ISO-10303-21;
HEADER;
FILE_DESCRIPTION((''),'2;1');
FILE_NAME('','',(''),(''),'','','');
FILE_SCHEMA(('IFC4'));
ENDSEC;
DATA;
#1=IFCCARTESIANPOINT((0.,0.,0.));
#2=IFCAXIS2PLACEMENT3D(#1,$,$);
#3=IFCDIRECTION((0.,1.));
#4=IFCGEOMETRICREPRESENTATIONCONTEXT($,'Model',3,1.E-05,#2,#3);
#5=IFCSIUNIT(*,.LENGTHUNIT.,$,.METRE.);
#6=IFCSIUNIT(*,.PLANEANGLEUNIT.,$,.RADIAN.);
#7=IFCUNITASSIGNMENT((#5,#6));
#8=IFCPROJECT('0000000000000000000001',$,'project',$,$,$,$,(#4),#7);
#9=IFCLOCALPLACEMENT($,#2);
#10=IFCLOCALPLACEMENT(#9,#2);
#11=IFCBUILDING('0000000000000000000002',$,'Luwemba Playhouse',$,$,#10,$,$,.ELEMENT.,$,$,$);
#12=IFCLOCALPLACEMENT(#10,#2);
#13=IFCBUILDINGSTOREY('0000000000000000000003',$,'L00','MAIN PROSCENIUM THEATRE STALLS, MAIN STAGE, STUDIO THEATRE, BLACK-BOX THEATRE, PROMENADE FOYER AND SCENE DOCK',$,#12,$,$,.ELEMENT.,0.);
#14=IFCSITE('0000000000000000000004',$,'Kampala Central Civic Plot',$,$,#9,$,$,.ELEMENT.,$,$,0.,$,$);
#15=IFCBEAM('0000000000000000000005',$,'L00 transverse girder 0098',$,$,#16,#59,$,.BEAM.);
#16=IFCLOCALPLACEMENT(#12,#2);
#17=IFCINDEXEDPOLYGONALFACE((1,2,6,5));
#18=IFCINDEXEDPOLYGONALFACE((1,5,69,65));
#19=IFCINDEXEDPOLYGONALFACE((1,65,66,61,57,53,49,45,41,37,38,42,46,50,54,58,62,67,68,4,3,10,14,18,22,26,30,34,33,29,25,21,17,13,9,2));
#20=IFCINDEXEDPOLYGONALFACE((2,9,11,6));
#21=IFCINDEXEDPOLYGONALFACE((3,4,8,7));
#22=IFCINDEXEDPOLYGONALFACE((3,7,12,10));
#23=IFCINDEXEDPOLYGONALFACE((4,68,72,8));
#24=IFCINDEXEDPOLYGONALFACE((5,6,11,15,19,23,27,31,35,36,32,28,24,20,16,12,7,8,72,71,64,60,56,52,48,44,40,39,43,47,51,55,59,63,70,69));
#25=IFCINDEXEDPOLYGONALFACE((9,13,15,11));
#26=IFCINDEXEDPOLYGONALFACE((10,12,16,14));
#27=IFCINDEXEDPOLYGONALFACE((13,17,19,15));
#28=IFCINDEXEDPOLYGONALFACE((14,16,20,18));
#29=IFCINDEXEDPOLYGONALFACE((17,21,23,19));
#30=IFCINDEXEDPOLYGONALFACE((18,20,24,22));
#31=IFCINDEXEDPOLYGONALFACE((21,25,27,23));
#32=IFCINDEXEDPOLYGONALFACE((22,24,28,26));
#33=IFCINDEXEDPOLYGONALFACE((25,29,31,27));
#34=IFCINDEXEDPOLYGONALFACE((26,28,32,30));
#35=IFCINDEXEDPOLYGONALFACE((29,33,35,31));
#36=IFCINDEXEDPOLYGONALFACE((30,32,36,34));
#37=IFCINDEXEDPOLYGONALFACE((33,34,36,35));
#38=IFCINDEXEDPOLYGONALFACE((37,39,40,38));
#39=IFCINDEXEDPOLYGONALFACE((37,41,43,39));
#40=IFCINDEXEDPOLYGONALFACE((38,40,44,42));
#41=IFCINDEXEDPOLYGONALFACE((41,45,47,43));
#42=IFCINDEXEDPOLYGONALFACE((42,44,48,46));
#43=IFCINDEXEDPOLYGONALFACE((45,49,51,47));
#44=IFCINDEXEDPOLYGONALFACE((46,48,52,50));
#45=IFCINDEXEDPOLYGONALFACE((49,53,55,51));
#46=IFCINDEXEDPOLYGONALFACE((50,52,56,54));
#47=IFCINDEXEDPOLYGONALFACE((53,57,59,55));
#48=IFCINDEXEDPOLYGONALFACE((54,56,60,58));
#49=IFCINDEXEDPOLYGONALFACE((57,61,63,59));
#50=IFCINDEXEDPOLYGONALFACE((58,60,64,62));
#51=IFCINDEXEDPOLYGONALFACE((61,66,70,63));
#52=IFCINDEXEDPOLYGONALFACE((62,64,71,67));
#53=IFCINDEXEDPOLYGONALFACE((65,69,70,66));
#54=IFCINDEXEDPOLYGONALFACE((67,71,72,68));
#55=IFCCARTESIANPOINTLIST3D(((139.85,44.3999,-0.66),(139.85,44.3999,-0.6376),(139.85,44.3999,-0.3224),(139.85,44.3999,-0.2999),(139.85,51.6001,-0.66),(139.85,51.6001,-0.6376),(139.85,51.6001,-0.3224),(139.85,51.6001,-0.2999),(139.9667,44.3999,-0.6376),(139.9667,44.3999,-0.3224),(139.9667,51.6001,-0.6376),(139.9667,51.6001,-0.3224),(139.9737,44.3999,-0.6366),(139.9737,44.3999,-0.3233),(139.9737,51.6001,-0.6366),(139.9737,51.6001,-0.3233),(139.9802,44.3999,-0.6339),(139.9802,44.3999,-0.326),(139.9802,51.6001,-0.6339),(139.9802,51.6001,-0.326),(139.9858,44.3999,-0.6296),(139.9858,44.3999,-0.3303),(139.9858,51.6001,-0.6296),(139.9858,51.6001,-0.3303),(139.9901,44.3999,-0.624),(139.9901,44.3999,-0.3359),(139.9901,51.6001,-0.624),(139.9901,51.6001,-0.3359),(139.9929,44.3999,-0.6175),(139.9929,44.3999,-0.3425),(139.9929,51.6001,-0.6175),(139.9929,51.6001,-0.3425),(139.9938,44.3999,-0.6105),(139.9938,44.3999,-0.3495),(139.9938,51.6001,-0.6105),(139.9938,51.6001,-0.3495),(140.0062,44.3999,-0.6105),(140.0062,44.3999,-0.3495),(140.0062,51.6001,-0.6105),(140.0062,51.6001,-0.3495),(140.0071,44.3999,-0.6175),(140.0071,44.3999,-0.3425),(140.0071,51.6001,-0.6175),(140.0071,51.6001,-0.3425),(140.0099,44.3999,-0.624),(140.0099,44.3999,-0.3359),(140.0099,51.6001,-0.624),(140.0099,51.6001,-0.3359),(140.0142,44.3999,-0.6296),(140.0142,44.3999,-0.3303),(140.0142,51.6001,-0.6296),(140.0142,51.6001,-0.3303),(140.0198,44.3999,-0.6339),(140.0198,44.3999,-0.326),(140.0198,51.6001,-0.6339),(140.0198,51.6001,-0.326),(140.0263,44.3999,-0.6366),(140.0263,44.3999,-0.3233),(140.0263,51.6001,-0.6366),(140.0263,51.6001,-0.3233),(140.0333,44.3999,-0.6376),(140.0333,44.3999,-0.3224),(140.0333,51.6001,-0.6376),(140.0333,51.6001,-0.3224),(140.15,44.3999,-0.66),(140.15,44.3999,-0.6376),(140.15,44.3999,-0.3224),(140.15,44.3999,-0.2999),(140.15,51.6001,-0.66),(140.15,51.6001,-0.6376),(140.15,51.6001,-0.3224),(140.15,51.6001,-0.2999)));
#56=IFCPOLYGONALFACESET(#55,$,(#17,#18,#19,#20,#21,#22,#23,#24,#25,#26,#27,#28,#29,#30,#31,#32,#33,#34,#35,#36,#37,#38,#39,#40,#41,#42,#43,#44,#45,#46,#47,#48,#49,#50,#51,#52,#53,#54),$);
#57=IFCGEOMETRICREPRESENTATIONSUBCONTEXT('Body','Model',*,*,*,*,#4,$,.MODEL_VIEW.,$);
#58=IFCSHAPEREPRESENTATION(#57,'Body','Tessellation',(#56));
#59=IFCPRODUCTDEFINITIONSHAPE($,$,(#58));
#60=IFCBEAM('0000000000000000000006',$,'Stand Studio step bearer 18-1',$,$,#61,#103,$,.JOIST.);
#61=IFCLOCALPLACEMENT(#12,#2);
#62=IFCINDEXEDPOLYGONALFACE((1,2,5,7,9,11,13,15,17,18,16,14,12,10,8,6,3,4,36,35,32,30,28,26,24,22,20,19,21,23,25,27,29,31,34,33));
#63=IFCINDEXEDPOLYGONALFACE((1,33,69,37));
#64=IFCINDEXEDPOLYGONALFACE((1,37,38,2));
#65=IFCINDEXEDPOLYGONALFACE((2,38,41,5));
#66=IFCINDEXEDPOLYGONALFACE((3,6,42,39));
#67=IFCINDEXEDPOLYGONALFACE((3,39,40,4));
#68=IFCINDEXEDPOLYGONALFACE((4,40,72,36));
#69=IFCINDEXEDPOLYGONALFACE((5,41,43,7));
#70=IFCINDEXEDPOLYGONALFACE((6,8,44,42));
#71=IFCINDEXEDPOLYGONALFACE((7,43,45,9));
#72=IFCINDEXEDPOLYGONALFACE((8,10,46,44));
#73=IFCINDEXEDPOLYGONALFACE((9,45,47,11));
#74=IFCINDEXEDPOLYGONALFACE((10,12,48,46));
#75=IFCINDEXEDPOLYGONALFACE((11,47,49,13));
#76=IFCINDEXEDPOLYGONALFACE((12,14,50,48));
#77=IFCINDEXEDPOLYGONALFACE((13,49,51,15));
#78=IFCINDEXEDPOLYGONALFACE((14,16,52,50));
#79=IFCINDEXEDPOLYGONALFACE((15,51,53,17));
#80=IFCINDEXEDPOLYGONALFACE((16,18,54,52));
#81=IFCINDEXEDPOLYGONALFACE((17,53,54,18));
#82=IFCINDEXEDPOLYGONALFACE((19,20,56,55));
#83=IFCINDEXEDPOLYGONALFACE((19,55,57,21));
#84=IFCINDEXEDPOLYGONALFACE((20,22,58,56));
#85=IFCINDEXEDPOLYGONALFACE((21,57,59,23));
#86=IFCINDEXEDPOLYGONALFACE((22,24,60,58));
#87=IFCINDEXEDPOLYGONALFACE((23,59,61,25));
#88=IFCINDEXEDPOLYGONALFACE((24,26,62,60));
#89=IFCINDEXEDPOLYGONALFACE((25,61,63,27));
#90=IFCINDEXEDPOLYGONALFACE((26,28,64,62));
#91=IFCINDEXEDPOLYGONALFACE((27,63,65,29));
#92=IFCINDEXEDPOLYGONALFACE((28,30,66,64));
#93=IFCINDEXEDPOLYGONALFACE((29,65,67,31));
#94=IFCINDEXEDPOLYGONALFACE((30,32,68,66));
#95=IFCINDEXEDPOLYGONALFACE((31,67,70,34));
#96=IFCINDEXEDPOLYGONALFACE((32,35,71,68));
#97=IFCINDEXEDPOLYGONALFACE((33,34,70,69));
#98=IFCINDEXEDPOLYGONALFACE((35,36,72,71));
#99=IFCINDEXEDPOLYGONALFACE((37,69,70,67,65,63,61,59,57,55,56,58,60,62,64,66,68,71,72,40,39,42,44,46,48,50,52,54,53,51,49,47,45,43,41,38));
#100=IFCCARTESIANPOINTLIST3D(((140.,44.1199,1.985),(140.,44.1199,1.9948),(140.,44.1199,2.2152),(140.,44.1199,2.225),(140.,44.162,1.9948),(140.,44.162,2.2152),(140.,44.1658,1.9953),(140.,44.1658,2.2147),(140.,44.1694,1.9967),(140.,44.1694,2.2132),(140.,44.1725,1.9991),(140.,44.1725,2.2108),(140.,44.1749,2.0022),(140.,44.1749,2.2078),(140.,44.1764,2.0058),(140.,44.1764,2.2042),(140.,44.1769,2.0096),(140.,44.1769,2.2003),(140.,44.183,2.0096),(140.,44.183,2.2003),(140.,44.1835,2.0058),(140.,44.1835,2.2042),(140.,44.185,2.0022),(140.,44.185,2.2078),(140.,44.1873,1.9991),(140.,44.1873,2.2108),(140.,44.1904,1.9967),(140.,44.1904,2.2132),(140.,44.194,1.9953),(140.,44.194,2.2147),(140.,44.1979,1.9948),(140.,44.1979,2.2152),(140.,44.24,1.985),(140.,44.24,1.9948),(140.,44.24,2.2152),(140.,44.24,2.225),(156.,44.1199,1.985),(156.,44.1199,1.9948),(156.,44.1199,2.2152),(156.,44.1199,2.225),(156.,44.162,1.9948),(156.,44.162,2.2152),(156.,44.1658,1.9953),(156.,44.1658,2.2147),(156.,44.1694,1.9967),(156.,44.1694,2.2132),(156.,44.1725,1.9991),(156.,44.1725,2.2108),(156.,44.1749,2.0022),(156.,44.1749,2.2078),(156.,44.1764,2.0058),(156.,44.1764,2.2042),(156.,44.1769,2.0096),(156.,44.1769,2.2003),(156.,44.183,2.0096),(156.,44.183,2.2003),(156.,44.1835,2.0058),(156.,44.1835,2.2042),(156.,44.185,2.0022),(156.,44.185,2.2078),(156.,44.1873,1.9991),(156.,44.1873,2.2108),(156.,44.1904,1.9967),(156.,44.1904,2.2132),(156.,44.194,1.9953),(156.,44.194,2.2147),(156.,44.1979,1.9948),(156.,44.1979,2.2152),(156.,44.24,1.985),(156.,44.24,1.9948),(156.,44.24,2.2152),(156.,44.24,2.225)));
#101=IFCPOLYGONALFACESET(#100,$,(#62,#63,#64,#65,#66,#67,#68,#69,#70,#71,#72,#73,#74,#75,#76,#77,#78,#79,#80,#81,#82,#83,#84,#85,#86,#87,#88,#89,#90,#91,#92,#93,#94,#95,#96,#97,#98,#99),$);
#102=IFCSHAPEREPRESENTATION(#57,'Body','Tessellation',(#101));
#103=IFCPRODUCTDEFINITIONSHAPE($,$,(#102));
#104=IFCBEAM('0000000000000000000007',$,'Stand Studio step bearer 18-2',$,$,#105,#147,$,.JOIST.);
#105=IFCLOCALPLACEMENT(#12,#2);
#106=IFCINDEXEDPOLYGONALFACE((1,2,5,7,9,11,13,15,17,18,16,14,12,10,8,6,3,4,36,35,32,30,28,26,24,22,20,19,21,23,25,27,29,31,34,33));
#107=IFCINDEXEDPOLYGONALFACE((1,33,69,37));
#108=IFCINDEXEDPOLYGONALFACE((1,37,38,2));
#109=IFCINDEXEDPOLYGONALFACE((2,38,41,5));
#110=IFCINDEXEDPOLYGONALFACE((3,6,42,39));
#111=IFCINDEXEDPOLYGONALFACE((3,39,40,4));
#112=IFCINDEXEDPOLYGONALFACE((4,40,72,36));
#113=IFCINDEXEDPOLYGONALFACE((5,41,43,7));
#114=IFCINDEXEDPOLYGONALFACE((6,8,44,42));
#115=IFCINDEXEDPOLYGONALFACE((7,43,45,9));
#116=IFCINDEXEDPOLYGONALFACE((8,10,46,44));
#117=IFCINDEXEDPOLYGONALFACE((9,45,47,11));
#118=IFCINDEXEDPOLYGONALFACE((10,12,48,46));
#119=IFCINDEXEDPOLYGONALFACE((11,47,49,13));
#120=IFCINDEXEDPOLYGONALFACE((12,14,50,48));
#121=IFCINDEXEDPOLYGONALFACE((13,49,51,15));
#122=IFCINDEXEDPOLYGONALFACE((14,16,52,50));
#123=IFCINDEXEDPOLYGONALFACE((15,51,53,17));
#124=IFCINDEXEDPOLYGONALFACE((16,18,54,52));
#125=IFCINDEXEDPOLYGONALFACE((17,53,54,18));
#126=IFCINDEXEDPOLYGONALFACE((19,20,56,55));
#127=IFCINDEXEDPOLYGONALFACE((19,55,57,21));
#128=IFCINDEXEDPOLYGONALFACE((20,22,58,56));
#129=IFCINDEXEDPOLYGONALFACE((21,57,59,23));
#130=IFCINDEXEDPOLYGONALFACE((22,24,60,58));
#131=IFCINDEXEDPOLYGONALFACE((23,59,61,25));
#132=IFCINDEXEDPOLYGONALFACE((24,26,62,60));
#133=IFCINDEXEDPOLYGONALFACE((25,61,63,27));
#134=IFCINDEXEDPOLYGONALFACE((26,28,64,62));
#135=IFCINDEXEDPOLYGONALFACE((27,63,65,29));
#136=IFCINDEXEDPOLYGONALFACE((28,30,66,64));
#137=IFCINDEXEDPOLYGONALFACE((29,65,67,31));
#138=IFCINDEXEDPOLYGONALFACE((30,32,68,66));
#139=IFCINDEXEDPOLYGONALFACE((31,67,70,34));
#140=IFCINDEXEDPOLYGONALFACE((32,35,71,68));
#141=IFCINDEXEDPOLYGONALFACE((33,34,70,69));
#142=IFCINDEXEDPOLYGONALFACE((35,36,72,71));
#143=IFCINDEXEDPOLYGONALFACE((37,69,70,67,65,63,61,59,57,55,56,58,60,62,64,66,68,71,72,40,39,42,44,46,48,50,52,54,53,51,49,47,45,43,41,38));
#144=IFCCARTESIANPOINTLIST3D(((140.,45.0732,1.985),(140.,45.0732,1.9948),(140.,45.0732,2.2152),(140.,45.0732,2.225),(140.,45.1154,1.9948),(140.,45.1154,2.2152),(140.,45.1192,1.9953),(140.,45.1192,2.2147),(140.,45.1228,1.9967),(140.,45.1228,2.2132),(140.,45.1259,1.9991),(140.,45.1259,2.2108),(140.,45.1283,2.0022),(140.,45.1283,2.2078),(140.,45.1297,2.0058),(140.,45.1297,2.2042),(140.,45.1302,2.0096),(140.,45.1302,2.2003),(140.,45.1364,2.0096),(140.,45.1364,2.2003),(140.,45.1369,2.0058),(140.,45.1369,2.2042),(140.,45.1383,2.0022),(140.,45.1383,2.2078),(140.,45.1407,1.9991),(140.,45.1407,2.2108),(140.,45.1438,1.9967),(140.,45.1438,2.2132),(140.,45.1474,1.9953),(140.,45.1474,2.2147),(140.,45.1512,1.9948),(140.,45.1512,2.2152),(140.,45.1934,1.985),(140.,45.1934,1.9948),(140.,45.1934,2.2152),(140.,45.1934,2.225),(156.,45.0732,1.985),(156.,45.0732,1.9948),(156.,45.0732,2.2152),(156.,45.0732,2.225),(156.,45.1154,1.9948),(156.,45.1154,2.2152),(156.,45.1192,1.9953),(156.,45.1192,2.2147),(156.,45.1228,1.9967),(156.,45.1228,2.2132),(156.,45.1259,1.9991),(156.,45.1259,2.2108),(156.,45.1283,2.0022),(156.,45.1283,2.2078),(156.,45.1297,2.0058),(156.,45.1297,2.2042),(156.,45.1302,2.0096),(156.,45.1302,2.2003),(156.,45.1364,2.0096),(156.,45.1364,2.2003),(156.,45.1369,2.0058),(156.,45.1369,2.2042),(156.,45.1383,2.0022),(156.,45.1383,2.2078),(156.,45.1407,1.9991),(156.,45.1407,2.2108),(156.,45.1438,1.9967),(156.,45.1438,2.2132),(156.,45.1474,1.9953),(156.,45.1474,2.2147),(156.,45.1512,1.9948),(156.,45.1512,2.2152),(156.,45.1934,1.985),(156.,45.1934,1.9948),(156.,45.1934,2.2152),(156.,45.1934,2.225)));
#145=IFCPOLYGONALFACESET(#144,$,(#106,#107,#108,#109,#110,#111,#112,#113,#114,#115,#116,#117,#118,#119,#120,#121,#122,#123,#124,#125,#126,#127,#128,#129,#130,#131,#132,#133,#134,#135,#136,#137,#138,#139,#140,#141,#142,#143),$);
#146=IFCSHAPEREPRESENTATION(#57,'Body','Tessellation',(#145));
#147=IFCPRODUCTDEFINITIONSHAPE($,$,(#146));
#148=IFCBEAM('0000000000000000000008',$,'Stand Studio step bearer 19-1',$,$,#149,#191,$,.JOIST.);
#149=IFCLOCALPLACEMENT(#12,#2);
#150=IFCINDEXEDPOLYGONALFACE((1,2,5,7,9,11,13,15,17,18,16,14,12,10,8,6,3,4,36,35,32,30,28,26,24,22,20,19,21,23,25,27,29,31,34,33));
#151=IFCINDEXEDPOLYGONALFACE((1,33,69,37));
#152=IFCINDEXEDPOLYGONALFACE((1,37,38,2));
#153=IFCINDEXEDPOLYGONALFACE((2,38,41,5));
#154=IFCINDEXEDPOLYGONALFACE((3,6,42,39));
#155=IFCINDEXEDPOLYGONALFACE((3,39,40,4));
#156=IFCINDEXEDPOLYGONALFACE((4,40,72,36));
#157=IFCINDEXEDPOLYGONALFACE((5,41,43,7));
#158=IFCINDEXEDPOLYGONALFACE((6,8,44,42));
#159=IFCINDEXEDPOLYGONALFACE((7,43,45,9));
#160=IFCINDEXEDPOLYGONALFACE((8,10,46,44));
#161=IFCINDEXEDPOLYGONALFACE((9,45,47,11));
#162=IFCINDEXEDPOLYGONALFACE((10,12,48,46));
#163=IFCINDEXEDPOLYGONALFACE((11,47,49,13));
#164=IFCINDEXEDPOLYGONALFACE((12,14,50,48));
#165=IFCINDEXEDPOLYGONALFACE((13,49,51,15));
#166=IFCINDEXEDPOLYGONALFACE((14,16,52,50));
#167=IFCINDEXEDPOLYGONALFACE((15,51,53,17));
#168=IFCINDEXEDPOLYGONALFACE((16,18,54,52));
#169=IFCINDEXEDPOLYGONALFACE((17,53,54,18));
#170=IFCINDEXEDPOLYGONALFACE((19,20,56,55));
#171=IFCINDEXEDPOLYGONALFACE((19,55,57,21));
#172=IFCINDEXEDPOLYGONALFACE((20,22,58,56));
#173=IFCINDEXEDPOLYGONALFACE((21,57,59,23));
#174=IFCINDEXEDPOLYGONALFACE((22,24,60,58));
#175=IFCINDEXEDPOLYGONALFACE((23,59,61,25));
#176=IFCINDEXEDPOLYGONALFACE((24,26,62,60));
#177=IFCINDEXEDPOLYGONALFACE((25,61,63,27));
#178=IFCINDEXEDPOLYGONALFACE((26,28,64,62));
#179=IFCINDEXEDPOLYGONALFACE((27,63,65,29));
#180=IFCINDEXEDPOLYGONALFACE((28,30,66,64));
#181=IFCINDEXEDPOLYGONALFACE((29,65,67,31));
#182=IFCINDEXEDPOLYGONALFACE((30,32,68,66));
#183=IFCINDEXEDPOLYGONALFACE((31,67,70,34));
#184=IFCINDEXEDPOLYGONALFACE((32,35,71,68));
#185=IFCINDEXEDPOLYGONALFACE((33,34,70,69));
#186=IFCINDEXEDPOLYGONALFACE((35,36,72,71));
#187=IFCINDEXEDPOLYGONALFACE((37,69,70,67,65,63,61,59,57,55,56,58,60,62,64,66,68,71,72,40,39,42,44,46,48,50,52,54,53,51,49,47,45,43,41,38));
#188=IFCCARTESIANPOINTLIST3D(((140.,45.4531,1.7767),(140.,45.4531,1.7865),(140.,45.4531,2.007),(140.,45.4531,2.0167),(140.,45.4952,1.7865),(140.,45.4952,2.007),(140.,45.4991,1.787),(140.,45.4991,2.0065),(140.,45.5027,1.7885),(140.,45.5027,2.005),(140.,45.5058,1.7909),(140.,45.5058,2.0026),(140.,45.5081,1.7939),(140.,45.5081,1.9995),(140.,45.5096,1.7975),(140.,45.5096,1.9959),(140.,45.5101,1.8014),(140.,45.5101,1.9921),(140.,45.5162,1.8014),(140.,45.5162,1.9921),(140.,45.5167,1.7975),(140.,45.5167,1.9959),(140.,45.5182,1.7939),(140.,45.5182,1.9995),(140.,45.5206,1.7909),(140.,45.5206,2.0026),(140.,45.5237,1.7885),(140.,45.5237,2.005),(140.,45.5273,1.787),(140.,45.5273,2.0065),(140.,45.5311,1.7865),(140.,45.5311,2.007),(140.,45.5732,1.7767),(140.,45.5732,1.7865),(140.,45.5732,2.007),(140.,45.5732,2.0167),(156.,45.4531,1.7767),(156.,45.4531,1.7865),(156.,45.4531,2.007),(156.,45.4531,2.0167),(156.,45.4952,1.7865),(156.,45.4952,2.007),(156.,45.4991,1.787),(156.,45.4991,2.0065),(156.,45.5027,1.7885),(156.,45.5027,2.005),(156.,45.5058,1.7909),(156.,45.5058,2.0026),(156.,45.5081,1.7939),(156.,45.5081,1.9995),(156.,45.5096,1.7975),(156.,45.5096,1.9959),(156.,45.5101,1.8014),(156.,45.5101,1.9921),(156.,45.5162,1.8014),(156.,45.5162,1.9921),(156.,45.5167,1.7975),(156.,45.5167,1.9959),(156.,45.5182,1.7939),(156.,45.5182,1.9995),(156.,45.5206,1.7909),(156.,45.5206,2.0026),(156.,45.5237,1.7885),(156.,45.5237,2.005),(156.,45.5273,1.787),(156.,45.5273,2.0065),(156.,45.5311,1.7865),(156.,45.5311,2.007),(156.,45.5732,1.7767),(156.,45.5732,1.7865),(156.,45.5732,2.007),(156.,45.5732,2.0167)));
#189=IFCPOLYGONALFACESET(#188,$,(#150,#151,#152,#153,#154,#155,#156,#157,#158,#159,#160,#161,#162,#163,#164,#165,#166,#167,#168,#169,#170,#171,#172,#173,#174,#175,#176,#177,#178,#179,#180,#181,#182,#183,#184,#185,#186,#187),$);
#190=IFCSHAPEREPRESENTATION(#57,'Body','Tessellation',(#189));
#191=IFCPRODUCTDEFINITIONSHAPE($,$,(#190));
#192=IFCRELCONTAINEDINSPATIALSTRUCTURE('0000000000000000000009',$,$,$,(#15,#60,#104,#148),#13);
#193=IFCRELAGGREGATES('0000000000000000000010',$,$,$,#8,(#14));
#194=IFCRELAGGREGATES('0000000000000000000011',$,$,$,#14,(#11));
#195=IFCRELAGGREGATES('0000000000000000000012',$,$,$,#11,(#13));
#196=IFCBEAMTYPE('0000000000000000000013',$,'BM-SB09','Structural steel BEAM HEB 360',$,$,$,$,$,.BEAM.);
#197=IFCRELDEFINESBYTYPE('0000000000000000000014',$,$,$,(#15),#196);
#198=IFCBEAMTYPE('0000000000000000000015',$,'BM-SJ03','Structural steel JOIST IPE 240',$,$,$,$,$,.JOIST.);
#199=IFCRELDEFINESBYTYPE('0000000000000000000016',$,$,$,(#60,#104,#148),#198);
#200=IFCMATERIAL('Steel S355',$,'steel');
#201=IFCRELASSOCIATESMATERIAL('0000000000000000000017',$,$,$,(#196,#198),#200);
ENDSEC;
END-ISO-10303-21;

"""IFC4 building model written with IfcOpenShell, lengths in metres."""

from ifc_helpers import new_model, si_unit, direction, frame, origin, origin_2d, place, context, subcontext, project, spatial, i_section, extrude, material, material_profile, profile_set, type_object, element, save


model = new_model("IFC4")

# Units and contexts
model_context = context("Model", 3, precision=1e-05, world=origin(), true_north=direction((0.0, 1.0)))
body_context = subcontext(model_context, "Body", "Model", "MODEL_VIEW")
ifc_project = project(units=[si_unit("LENGTHUNIT", "METRE"), si_unit("PLANEANGLEUNIT", "RADIAN")], contexts=[model_context])

# Site, building, storey
site_placement = place(None, origin())
site = spatial("IfcSite", under=ifc_project, at=site_placement, Name="Kampala Central Civic Plot", CompositionType="ELEMENT", RefElevation=0.0)
building_placement = place(site_placement, origin())
building = spatial("IfcBuilding", under=site, at=building_placement, Name="Luwemba Playhouse", CompositionType="ELEMENT")
storey_placement = place(building_placement, origin())
storey = spatial("IfcBuildingStorey", under=building, at=storey_placement, Name="L00", Description="MAIN PROSCENIUM THEATRE STALLS, MAIN STAGE, STUDIO THEATRE, BLACK-BOX THEATRE, PROMENADE FOYER AND SCENE DOCK", CompositionType="ELEMENT", Elevation=0.0)

# Beams
ifc_material_1 = material(Name="Steel S355", Category="steel")
ifc_material_profile_1 = material_profile(ifc_material_1, i_section(OverallWidth=0.3, OverallDepth=0.3601, WebThickness=0.0125, FlangeThickness=0.0225, FilletRadius=0.0271, at=origin_2d()))
ifc_profile_set_1 = profile_set([ifc_material_profile_1], Name="Steel S355")
beam_type_1 = type_object("IfcBeamType", Name="BM-SB09", Description="Structural steel BEAM HEB 360", PredefinedType="BEAM", material=ifc_profile_set_1)
beam_1_placement = place(storey_placement, frame((140.0, 44.3999, -0.48), z_axis=(0.0, 1.0, 0.0), x_axis=(-1.0, 0.0, 0.0)))
element("IfcBeam", 1, at=beam_1_placement, inside=storey, type_object=beam_type_1, Name="L00 transverse girder 0098", PredefinedType="BEAM", context=body_context, shape_type="SweptSolid", body=[
    extrude(i_section(OverallWidth=0.3, OverallDepth=0.3601, WebThickness=0.0125, FlangeThickness=0.0225, FilletRadius=0.0271, at=origin_2d()), origin(), (0.0, 0.0, 1.0), 7.2002),
])
ifc_material_profile_2 = material_profile(ifc_material_1, i_section(OverallWidth=0.1201, OverallDepth=0.24, WebThickness=0.0061, FlangeThickness=0.0098, FilletRadius=0.0149, at=origin_2d()))
ifc_profile_set_2 = profile_set([ifc_material_profile_2], Name="Steel S355")
beam_type_2 = type_object("IfcBeamType", Name="BM-SJ03", Description="Structural steel JOIST IPE 240", PredefinedType="JOIST", material=ifc_profile_set_2)
for number, where, z_axis, x_axis, name in (
    (2, (140.0, 44.1799, 2.105), (1.0, 0.0, 0.0), (0.0, 1.0, 0.0), "Stand Studio step bearer 18-1"),
    (3, (140.0, 45.1333, 2.105), (1.0, 0.0, 0.0), (0.0, 1.0, 0.0), "Stand Studio step bearer 18-2"),
    (4, (140.0, 45.5132, 1.8967), (1.0, 0.0, 0.0), (0.0, 1.0, 0.0), "Stand Studio step bearer 19-1"),
):
    element("IfcBeam", number, at=place(storey_placement, frame(where, z_axis=z_axis, x_axis=x_axis)), inside=storey, type_object=beam_type_2, Name=name, PredefinedType="JOIST", context=body_context, shape_type="SweptSolid", body=[
        extrude(i_section(OverallWidth=0.1201, OverallDepth=0.24, WebThickness=0.0061, FlangeThickness=0.0098, FilletRadius=0.0149, at=origin_2d()), origin(), (0.0, 0.0, 1.0), 16.0),
    ])

save(model, "model.ifc")
